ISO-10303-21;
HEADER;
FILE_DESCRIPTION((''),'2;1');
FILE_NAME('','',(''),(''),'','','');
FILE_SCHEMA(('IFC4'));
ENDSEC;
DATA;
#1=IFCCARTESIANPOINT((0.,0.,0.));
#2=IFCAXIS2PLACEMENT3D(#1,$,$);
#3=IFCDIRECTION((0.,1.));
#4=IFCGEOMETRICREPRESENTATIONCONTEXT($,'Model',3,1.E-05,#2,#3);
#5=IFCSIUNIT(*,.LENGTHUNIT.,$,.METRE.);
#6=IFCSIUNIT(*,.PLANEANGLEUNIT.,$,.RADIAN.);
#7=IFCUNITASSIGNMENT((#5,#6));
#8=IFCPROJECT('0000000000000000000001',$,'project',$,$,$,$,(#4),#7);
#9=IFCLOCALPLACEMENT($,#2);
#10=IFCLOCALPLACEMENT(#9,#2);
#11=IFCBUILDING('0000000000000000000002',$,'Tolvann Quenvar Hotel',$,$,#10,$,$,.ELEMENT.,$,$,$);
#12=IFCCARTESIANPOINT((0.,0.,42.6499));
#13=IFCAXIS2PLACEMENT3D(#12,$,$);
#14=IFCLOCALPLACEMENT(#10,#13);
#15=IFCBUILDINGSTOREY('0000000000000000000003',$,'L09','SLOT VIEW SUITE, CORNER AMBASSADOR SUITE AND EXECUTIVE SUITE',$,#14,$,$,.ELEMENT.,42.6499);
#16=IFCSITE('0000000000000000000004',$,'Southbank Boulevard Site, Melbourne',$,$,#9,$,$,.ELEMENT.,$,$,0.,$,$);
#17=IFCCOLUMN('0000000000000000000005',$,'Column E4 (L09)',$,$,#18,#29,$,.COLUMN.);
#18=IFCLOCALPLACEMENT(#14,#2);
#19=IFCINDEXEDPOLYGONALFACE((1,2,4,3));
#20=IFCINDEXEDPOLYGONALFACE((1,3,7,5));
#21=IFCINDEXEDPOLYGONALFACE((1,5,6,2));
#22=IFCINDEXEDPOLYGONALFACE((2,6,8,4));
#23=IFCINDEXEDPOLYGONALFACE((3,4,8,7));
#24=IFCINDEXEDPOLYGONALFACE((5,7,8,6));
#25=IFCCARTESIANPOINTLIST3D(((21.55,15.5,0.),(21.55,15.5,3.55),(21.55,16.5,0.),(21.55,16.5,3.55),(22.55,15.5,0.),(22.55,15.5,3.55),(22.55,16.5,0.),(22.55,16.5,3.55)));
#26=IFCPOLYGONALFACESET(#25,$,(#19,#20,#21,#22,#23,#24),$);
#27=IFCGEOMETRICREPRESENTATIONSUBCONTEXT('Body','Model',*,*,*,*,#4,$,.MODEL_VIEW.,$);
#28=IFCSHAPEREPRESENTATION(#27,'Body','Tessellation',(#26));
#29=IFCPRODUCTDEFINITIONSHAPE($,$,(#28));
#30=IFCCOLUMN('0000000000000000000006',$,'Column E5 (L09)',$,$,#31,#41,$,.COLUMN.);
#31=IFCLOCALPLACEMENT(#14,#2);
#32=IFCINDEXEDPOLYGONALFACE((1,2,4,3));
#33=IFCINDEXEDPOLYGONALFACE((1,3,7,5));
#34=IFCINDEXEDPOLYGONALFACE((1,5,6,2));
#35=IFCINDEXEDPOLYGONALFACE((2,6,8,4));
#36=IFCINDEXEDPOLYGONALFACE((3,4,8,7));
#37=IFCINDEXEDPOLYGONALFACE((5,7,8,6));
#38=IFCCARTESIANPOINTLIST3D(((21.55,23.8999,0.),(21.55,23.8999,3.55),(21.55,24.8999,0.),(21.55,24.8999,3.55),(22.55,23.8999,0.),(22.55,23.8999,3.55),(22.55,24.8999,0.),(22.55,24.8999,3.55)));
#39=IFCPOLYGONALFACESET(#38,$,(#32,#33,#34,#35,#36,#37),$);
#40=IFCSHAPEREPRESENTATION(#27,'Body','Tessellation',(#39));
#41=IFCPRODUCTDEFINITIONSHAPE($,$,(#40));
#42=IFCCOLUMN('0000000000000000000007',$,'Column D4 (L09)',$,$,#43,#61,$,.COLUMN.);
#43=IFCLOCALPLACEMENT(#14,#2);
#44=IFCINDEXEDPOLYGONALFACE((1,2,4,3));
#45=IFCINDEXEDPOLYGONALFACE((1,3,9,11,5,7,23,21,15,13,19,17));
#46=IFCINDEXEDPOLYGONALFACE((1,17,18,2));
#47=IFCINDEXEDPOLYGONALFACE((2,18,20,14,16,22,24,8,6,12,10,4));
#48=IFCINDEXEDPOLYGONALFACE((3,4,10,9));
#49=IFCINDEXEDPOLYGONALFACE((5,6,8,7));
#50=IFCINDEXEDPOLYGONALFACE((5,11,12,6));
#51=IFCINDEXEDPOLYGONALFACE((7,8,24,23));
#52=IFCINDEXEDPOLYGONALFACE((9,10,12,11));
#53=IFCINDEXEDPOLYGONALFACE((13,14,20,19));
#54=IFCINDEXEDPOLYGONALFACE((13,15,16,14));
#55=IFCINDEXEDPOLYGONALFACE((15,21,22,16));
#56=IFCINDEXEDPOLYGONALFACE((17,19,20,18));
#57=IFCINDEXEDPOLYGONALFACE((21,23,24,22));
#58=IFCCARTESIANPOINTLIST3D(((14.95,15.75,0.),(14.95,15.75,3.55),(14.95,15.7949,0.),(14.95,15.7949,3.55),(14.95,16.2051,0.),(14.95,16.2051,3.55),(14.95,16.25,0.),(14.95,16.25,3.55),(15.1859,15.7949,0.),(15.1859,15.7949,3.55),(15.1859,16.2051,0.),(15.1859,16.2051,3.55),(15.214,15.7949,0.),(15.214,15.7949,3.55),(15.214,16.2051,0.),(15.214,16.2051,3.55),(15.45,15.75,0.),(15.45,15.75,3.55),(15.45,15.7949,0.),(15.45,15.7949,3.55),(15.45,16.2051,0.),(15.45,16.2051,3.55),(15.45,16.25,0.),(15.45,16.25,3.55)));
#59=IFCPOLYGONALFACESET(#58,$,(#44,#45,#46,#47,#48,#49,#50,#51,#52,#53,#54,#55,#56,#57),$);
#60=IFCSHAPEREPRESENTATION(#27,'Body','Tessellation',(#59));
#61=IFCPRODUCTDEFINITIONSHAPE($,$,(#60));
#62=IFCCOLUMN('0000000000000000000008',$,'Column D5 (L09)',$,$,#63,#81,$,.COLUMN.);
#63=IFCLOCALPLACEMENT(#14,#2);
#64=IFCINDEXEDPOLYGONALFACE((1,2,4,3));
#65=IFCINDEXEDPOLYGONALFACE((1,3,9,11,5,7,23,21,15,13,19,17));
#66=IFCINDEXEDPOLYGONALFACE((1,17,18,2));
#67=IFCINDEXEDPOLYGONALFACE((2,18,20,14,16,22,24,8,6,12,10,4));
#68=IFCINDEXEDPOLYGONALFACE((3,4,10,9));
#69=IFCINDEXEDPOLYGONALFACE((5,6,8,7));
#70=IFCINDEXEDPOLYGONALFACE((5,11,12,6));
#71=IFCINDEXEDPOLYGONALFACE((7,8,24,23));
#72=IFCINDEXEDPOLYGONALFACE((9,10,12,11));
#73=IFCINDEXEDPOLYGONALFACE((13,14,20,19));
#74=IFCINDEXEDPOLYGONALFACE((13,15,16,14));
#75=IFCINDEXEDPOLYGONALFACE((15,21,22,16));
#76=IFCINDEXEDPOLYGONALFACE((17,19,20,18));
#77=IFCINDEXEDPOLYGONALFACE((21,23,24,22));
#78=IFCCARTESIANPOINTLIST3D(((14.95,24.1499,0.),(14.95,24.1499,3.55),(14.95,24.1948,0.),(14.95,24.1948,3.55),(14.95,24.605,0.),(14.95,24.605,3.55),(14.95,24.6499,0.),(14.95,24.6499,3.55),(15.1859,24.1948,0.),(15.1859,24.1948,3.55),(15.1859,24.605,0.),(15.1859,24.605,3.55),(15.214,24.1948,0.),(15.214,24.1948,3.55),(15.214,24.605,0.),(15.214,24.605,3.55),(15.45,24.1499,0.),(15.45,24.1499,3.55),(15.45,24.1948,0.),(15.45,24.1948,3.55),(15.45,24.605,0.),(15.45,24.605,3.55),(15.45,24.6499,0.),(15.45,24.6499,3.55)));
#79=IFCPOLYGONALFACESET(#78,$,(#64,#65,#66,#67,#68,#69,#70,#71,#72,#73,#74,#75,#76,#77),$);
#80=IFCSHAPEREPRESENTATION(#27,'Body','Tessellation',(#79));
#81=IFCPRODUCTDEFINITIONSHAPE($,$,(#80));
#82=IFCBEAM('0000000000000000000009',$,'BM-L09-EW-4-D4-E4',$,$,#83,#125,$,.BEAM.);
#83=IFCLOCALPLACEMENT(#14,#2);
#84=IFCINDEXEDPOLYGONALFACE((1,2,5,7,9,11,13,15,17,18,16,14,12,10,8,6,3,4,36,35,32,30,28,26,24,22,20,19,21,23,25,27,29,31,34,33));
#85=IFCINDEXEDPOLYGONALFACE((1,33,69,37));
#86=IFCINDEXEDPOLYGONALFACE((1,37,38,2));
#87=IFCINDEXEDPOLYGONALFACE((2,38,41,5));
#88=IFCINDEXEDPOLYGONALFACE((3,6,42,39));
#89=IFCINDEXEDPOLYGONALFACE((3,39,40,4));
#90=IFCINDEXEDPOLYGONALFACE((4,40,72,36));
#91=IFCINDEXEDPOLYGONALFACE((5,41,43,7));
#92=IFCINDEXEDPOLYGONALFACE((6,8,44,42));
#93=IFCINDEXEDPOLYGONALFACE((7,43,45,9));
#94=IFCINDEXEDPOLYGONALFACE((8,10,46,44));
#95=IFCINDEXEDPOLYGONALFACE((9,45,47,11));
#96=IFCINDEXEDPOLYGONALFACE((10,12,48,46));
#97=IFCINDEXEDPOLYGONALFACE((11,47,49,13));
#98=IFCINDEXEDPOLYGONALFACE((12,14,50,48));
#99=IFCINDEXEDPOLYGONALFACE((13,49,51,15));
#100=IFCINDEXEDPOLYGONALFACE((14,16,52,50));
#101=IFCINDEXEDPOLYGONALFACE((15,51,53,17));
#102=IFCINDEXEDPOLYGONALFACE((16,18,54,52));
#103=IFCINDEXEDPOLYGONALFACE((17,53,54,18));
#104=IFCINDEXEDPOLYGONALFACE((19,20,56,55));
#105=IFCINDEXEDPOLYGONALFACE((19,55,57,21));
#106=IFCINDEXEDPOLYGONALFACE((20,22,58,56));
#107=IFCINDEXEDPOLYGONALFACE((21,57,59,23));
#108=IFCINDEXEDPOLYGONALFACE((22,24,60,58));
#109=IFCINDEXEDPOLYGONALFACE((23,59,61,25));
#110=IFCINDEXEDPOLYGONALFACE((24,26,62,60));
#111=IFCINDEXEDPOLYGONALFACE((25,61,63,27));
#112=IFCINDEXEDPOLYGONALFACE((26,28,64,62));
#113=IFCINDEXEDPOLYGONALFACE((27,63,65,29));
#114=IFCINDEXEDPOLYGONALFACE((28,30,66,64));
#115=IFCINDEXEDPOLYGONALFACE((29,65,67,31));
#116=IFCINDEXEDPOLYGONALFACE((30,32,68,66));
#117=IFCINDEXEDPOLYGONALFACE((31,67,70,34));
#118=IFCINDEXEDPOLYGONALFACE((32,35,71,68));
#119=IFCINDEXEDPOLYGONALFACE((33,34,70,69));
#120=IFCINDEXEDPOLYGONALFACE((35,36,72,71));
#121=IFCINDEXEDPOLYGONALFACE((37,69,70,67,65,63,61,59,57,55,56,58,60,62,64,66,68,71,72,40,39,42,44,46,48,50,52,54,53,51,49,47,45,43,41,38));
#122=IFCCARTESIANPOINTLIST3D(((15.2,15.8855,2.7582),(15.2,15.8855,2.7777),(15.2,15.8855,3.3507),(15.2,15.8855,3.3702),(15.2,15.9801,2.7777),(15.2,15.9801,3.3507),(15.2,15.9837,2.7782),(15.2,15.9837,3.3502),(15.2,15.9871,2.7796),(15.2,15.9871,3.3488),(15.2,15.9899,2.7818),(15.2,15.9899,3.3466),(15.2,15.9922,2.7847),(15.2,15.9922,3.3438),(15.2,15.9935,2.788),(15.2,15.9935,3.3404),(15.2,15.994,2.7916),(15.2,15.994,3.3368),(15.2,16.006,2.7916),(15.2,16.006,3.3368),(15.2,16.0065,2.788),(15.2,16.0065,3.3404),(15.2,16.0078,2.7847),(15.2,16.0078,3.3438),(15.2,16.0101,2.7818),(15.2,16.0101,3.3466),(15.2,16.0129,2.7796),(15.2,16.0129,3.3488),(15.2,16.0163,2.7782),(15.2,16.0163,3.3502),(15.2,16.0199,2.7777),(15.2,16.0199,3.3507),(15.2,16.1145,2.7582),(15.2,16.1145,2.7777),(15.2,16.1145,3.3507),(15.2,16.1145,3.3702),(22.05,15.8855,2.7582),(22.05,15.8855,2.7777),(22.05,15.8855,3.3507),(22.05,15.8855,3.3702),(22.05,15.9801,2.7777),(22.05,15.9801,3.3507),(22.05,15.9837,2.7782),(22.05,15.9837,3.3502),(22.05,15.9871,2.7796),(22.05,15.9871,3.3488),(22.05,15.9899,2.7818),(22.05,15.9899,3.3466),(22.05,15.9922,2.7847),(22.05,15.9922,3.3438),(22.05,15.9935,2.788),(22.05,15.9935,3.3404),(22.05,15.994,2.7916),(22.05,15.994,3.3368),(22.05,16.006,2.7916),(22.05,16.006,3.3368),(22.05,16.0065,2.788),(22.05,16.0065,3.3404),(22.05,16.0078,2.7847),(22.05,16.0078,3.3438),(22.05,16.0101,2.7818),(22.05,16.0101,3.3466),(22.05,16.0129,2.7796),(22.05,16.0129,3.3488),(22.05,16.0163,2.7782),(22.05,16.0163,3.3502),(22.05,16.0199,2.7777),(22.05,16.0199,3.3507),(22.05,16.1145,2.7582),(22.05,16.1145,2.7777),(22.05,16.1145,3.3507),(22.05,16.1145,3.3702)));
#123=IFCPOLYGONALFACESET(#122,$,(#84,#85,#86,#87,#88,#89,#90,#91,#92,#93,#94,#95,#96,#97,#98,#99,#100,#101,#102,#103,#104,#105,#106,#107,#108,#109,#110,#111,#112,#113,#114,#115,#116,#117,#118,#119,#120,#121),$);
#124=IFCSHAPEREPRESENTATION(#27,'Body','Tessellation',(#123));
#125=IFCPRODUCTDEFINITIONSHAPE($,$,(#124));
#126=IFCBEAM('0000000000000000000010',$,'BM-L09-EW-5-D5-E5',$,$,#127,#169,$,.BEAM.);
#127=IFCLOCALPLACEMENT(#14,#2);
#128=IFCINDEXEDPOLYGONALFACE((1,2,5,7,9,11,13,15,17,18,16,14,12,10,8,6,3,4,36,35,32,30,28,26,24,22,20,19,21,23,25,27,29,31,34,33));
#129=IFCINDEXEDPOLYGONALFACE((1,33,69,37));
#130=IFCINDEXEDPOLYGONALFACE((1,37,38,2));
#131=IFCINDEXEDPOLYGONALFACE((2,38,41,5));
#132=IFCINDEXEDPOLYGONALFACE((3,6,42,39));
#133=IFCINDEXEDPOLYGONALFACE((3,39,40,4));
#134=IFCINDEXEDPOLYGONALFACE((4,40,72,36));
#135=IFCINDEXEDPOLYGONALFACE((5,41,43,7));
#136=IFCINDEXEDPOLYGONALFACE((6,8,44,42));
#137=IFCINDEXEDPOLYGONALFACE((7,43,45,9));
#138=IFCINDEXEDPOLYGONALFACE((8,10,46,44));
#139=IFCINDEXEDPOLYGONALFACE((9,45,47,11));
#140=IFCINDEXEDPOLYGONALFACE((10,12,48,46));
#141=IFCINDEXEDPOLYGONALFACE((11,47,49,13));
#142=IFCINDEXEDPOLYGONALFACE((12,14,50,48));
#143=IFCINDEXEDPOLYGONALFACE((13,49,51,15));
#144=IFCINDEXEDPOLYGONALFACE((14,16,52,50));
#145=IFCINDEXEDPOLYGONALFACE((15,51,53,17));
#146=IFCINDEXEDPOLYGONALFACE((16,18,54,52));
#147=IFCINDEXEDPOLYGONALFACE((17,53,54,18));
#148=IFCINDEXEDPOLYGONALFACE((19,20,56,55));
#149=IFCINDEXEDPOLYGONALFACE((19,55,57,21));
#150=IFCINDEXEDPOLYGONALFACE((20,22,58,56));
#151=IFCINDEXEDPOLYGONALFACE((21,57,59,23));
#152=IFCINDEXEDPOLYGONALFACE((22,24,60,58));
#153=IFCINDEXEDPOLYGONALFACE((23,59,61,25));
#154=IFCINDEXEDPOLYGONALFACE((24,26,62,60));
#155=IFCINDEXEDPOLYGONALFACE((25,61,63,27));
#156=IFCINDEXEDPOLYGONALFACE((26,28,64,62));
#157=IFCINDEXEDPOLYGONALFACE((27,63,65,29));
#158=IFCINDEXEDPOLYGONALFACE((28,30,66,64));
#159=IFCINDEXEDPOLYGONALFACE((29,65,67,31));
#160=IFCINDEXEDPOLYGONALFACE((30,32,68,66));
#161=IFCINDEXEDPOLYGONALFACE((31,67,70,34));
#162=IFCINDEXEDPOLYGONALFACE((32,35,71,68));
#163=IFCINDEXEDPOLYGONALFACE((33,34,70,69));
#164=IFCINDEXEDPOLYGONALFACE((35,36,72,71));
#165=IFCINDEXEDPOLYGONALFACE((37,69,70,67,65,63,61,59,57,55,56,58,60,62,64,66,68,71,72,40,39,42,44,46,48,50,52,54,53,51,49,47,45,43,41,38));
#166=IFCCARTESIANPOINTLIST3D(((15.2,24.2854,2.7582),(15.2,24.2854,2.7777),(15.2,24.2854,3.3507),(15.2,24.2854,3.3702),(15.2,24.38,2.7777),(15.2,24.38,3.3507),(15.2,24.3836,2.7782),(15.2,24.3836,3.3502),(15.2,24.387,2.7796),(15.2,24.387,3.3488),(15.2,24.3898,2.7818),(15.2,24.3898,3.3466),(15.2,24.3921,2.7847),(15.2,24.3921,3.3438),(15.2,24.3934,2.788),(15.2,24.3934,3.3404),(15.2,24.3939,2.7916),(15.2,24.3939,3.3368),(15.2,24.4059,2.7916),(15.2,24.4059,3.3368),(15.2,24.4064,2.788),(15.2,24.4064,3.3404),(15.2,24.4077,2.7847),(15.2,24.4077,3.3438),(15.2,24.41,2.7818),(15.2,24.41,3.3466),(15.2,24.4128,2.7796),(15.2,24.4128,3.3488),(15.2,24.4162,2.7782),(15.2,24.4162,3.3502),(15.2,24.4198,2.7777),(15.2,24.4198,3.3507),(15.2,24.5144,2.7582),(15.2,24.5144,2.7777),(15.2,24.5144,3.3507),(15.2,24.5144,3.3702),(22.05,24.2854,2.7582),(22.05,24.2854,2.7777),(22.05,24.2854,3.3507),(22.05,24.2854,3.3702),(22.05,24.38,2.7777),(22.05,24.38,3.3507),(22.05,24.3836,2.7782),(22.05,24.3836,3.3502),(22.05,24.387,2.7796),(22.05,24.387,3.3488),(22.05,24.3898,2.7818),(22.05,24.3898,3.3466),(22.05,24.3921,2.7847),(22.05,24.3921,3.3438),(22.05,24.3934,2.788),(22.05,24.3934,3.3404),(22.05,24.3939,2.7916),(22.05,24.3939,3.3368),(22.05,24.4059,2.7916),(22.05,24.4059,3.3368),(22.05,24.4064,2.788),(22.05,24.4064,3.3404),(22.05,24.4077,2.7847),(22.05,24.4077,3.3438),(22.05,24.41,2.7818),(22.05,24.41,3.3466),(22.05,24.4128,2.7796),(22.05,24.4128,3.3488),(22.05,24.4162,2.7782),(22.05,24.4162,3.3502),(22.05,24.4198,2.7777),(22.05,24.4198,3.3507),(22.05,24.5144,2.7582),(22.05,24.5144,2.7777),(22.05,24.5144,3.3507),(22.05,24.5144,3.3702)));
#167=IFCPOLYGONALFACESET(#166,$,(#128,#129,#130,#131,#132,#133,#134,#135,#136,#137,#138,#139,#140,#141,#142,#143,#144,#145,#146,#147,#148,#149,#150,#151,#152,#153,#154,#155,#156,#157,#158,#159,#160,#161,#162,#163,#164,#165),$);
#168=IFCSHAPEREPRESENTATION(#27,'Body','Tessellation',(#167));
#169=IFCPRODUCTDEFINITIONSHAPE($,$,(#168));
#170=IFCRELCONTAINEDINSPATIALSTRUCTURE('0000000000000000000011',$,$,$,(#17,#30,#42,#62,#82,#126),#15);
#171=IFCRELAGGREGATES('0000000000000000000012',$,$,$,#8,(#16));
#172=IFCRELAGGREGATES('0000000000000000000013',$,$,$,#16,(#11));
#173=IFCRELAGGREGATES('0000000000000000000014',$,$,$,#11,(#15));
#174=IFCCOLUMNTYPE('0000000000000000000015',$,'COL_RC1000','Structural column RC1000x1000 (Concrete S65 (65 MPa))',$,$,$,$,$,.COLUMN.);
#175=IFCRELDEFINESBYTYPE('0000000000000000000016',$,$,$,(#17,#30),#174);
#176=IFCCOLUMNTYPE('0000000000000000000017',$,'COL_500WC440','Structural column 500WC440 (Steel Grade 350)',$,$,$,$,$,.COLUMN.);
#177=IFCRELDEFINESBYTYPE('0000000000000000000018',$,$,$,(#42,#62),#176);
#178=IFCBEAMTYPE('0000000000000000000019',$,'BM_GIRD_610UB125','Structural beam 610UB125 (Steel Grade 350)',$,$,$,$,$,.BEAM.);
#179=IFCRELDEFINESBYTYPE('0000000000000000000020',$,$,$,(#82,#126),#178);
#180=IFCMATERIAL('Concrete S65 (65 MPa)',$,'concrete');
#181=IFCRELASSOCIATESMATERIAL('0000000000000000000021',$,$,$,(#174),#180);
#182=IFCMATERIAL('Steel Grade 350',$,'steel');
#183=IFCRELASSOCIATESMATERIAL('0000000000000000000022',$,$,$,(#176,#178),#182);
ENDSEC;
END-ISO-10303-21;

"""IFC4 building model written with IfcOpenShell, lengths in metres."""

from ifc_helpers import new_model, si_unit, direction, frame, origin, origin_2d, place, context, subcontext, project, spatial, rectangle, i_section, extrude, source, transform, mapped, material, material_profile, profile_set, type_object, type_shapes, element, save


model = new_model("IFC4")

# Units and contexts
model_context = context("Model", 3, precision=1e-05, world=origin(), true_north=direction((0.0, 1.0)))
body_context = subcontext(model_context, "Body", "Model", "MODEL_VIEW")
ifc_project = project(units=[si_unit("LENGTHUNIT", "METRE"), si_unit("PLANEANGLEUNIT", "RADIAN")], contexts=[model_context])

# Site, building, storey
site_placement = place(None, origin())
site = spatial("IfcSite", under=ifc_project, at=site_placement, Name="Southbank Boulevard Site, Melbourne", CompositionType="ELEMENT", RefElevation=0.0)
building_placement = place(site_placement, origin())
building = spatial("IfcBuilding", under=site, at=building_placement, Name="Tolvann Quenvar Hotel", CompositionType="ELEMENT")
storey_placement = place(building_placement, frame((0.0, 0.0, 42.6499)))
storey = spatial("IfcBuildingStorey", under=building, at=storey_placement, Name="L09", Description="SLOT VIEW SUITE, CORNER AMBASSADOR SUITE AND EXECUTIVE SUITE", CompositionType="ELEMENT", Elevation=42.6499)

# Columns
ifc_material_1 = material(Name="Concrete S65 (65 MPa)", Category="concrete")
ifc_material_profile_1 = material_profile(ifc_material_1, rectangle(XDim=1.0, YDim=1.0, at=origin_2d()), Name="RC1000x1000")
ifc_profile_set_1 = profile_set([ifc_material_profile_1], Name="Concrete S65 (65 MPa)")
column_type_1 = type_object("IfcColumnType", Name="COL_RC1000", Description="Structural column RC1000x1000 (Concrete S65 (65 MPa))", PredefinedType="COLUMN", material=ifc_profile_set_1)
shared_shape_1 = source(origin(), body_context, "Body", "SweptSolid", [
    extrude(rectangle(XDim=1.0, YDim=1.0, at=origin_2d()), origin(), (0.0, 0.0, 1.0), 3.55),
])
type_shapes(column_type_1, [shared_shape_1])
for number, where, z_axis, x_axis, name in (
    (1, (22.05, 16.0, 0.0), (0.0, 0.0, 1.0), (1.0, 0.0, 0.0), "Column E4 (L09)"),
    (2, (22.05, 24.3999, 0.0), (0.0, 0.0, 1.0), (1.0, 0.0, 0.0), "Column E5 (L09)"),
):
    element("IfcColumn", number, at=place(storey_placement, frame(where, z_axis=z_axis, x_axis=x_axis)), inside=storey, type_object=column_type_1, Name=name, PredefinedType="COLUMN", context=body_context, shape_type="MappedRepresentation", body=[
        mapped(shared_shape_1, transform((0.0, 0.0, 0.0), x_axis=(1.0, 0.0, 0.0), y_axis=(0.0, 1.0, 0.0), z_axis=(0.0, 0.0, 1.0), scale=1.0)),
    ])
ifc_material_2 = material(Name="Steel Grade 350", Category="steel")
ifc_material_profile_2 = material_profile(ifc_material_2, i_section(OverallWidth=0.5, OverallDepth=0.5, WebThickness=0.0281, FlangeThickness=0.0449, at=origin_2d()), Name="500WC440")
ifc_profile_set_2 = profile_set([ifc_material_profile_2], Name="Steel Grade 350")
column_type_2 = type_object("IfcColumnType", Name="COL_500WC440", Description="Structural column 500WC440 (Steel Grade 350)", PredefinedType="COLUMN", material=ifc_profile_set_2)
shared_shape_2 = source(origin(), body_context, "Body", "SweptSolid", [
    extrude(i_section(OverallWidth=0.5, OverallDepth=0.5, WebThickness=0.0281, FlangeThickness=0.0449, at=origin_2d()), origin(), (0.0, 0.0, 1.0), 3.55),
])
type_shapes(column_type_2, [shared_shape_2])
for number, where, z_axis, x_axis, name in (
    (3, (15.2, 16.0, 0.0), (0.0, 0.0, 1.0), (1.0, 0.0, 0.0), "Column D4 (L09)"),
    (4, (15.2, 24.3999, 0.0), (0.0, 0.0, 1.0), (1.0, 0.0, 0.0), "Column D5 (L09)"),
):
    element("IfcColumn", number, at=place(storey_placement, frame(where, z_axis=z_axis, x_axis=x_axis)), inside=storey, type_object=column_type_2, Name=name, PredefinedType="COLUMN", context=body_context, shape_type="MappedRepresentation", body=[
        mapped(shared_shape_2, transform((0.0, 0.0, 0.0), x_axis=(1.0, 0.0, 0.0), y_axis=(0.0, 1.0, 0.0), z_axis=(0.0, 0.0, 1.0), scale=1.0)),
    ])

# Beams
ifc_material_profile_3 = material_profile(ifc_material_2, i_section(OverallWidth=0.229, OverallDepth=0.6121, WebThickness=0.012, FlangeThickness=0.0195, FilletRadius=0.0139, at=origin_2d()), Name="610UB125")
ifc_profile_set_3 = profile_set([ifc_material_profile_3], Name="Steel Grade 350")
beam_type_1 = type_object("IfcBeamType", Name="BM_GIRD_610UB125", Description="Structural beam 610UB125 (Steel Grade 350)", PredefinedType="BEAM", material=ifc_profile_set_3)
shared_shape_3 = source(origin(), body_context, "Body", "SweptSolid", [
    extrude(i_section(OverallWidth=0.229, OverallDepth=0.6121, WebThickness=0.012, FlangeThickness=0.0195, FilletRadius=0.0139, at=origin_2d()), origin(), (0.0, 0.0, 1.0), 6.8501),
])
for number, where, z_axis, x_axis, name in (
    (5, (15.2, 16.0, 3.0642), (1.0, 0.0, 0.0), (0.0, 1.0, 0.0), "BM-L09-EW-4-D4-E4"),
    (6, (15.2, 24.3999, 3.0642), (1.0, 0.0, 0.0), (0.0, 1.0, 0.0), "BM-L09-EW-5-D5-E5"),
):
    element("IfcBeam", number, at=place(storey_placement, frame(where, z_axis=z_axis, x_axis=x_axis)), inside=storey, type_object=beam_type_1, Name=name, PredefinedType="BEAM", context=body_context, shape_type="MappedRepresentation", body=[
        mapped(shared_shape_3, transform((0.0, 0.0, 0.0), x_axis=(1.0, 0.0, 0.0), y_axis=(0.0, 1.0, 0.0), z_axis=(0.0, 0.0, 1.0), scale=1.0)),
    ])

save(model, "model.ifc")
